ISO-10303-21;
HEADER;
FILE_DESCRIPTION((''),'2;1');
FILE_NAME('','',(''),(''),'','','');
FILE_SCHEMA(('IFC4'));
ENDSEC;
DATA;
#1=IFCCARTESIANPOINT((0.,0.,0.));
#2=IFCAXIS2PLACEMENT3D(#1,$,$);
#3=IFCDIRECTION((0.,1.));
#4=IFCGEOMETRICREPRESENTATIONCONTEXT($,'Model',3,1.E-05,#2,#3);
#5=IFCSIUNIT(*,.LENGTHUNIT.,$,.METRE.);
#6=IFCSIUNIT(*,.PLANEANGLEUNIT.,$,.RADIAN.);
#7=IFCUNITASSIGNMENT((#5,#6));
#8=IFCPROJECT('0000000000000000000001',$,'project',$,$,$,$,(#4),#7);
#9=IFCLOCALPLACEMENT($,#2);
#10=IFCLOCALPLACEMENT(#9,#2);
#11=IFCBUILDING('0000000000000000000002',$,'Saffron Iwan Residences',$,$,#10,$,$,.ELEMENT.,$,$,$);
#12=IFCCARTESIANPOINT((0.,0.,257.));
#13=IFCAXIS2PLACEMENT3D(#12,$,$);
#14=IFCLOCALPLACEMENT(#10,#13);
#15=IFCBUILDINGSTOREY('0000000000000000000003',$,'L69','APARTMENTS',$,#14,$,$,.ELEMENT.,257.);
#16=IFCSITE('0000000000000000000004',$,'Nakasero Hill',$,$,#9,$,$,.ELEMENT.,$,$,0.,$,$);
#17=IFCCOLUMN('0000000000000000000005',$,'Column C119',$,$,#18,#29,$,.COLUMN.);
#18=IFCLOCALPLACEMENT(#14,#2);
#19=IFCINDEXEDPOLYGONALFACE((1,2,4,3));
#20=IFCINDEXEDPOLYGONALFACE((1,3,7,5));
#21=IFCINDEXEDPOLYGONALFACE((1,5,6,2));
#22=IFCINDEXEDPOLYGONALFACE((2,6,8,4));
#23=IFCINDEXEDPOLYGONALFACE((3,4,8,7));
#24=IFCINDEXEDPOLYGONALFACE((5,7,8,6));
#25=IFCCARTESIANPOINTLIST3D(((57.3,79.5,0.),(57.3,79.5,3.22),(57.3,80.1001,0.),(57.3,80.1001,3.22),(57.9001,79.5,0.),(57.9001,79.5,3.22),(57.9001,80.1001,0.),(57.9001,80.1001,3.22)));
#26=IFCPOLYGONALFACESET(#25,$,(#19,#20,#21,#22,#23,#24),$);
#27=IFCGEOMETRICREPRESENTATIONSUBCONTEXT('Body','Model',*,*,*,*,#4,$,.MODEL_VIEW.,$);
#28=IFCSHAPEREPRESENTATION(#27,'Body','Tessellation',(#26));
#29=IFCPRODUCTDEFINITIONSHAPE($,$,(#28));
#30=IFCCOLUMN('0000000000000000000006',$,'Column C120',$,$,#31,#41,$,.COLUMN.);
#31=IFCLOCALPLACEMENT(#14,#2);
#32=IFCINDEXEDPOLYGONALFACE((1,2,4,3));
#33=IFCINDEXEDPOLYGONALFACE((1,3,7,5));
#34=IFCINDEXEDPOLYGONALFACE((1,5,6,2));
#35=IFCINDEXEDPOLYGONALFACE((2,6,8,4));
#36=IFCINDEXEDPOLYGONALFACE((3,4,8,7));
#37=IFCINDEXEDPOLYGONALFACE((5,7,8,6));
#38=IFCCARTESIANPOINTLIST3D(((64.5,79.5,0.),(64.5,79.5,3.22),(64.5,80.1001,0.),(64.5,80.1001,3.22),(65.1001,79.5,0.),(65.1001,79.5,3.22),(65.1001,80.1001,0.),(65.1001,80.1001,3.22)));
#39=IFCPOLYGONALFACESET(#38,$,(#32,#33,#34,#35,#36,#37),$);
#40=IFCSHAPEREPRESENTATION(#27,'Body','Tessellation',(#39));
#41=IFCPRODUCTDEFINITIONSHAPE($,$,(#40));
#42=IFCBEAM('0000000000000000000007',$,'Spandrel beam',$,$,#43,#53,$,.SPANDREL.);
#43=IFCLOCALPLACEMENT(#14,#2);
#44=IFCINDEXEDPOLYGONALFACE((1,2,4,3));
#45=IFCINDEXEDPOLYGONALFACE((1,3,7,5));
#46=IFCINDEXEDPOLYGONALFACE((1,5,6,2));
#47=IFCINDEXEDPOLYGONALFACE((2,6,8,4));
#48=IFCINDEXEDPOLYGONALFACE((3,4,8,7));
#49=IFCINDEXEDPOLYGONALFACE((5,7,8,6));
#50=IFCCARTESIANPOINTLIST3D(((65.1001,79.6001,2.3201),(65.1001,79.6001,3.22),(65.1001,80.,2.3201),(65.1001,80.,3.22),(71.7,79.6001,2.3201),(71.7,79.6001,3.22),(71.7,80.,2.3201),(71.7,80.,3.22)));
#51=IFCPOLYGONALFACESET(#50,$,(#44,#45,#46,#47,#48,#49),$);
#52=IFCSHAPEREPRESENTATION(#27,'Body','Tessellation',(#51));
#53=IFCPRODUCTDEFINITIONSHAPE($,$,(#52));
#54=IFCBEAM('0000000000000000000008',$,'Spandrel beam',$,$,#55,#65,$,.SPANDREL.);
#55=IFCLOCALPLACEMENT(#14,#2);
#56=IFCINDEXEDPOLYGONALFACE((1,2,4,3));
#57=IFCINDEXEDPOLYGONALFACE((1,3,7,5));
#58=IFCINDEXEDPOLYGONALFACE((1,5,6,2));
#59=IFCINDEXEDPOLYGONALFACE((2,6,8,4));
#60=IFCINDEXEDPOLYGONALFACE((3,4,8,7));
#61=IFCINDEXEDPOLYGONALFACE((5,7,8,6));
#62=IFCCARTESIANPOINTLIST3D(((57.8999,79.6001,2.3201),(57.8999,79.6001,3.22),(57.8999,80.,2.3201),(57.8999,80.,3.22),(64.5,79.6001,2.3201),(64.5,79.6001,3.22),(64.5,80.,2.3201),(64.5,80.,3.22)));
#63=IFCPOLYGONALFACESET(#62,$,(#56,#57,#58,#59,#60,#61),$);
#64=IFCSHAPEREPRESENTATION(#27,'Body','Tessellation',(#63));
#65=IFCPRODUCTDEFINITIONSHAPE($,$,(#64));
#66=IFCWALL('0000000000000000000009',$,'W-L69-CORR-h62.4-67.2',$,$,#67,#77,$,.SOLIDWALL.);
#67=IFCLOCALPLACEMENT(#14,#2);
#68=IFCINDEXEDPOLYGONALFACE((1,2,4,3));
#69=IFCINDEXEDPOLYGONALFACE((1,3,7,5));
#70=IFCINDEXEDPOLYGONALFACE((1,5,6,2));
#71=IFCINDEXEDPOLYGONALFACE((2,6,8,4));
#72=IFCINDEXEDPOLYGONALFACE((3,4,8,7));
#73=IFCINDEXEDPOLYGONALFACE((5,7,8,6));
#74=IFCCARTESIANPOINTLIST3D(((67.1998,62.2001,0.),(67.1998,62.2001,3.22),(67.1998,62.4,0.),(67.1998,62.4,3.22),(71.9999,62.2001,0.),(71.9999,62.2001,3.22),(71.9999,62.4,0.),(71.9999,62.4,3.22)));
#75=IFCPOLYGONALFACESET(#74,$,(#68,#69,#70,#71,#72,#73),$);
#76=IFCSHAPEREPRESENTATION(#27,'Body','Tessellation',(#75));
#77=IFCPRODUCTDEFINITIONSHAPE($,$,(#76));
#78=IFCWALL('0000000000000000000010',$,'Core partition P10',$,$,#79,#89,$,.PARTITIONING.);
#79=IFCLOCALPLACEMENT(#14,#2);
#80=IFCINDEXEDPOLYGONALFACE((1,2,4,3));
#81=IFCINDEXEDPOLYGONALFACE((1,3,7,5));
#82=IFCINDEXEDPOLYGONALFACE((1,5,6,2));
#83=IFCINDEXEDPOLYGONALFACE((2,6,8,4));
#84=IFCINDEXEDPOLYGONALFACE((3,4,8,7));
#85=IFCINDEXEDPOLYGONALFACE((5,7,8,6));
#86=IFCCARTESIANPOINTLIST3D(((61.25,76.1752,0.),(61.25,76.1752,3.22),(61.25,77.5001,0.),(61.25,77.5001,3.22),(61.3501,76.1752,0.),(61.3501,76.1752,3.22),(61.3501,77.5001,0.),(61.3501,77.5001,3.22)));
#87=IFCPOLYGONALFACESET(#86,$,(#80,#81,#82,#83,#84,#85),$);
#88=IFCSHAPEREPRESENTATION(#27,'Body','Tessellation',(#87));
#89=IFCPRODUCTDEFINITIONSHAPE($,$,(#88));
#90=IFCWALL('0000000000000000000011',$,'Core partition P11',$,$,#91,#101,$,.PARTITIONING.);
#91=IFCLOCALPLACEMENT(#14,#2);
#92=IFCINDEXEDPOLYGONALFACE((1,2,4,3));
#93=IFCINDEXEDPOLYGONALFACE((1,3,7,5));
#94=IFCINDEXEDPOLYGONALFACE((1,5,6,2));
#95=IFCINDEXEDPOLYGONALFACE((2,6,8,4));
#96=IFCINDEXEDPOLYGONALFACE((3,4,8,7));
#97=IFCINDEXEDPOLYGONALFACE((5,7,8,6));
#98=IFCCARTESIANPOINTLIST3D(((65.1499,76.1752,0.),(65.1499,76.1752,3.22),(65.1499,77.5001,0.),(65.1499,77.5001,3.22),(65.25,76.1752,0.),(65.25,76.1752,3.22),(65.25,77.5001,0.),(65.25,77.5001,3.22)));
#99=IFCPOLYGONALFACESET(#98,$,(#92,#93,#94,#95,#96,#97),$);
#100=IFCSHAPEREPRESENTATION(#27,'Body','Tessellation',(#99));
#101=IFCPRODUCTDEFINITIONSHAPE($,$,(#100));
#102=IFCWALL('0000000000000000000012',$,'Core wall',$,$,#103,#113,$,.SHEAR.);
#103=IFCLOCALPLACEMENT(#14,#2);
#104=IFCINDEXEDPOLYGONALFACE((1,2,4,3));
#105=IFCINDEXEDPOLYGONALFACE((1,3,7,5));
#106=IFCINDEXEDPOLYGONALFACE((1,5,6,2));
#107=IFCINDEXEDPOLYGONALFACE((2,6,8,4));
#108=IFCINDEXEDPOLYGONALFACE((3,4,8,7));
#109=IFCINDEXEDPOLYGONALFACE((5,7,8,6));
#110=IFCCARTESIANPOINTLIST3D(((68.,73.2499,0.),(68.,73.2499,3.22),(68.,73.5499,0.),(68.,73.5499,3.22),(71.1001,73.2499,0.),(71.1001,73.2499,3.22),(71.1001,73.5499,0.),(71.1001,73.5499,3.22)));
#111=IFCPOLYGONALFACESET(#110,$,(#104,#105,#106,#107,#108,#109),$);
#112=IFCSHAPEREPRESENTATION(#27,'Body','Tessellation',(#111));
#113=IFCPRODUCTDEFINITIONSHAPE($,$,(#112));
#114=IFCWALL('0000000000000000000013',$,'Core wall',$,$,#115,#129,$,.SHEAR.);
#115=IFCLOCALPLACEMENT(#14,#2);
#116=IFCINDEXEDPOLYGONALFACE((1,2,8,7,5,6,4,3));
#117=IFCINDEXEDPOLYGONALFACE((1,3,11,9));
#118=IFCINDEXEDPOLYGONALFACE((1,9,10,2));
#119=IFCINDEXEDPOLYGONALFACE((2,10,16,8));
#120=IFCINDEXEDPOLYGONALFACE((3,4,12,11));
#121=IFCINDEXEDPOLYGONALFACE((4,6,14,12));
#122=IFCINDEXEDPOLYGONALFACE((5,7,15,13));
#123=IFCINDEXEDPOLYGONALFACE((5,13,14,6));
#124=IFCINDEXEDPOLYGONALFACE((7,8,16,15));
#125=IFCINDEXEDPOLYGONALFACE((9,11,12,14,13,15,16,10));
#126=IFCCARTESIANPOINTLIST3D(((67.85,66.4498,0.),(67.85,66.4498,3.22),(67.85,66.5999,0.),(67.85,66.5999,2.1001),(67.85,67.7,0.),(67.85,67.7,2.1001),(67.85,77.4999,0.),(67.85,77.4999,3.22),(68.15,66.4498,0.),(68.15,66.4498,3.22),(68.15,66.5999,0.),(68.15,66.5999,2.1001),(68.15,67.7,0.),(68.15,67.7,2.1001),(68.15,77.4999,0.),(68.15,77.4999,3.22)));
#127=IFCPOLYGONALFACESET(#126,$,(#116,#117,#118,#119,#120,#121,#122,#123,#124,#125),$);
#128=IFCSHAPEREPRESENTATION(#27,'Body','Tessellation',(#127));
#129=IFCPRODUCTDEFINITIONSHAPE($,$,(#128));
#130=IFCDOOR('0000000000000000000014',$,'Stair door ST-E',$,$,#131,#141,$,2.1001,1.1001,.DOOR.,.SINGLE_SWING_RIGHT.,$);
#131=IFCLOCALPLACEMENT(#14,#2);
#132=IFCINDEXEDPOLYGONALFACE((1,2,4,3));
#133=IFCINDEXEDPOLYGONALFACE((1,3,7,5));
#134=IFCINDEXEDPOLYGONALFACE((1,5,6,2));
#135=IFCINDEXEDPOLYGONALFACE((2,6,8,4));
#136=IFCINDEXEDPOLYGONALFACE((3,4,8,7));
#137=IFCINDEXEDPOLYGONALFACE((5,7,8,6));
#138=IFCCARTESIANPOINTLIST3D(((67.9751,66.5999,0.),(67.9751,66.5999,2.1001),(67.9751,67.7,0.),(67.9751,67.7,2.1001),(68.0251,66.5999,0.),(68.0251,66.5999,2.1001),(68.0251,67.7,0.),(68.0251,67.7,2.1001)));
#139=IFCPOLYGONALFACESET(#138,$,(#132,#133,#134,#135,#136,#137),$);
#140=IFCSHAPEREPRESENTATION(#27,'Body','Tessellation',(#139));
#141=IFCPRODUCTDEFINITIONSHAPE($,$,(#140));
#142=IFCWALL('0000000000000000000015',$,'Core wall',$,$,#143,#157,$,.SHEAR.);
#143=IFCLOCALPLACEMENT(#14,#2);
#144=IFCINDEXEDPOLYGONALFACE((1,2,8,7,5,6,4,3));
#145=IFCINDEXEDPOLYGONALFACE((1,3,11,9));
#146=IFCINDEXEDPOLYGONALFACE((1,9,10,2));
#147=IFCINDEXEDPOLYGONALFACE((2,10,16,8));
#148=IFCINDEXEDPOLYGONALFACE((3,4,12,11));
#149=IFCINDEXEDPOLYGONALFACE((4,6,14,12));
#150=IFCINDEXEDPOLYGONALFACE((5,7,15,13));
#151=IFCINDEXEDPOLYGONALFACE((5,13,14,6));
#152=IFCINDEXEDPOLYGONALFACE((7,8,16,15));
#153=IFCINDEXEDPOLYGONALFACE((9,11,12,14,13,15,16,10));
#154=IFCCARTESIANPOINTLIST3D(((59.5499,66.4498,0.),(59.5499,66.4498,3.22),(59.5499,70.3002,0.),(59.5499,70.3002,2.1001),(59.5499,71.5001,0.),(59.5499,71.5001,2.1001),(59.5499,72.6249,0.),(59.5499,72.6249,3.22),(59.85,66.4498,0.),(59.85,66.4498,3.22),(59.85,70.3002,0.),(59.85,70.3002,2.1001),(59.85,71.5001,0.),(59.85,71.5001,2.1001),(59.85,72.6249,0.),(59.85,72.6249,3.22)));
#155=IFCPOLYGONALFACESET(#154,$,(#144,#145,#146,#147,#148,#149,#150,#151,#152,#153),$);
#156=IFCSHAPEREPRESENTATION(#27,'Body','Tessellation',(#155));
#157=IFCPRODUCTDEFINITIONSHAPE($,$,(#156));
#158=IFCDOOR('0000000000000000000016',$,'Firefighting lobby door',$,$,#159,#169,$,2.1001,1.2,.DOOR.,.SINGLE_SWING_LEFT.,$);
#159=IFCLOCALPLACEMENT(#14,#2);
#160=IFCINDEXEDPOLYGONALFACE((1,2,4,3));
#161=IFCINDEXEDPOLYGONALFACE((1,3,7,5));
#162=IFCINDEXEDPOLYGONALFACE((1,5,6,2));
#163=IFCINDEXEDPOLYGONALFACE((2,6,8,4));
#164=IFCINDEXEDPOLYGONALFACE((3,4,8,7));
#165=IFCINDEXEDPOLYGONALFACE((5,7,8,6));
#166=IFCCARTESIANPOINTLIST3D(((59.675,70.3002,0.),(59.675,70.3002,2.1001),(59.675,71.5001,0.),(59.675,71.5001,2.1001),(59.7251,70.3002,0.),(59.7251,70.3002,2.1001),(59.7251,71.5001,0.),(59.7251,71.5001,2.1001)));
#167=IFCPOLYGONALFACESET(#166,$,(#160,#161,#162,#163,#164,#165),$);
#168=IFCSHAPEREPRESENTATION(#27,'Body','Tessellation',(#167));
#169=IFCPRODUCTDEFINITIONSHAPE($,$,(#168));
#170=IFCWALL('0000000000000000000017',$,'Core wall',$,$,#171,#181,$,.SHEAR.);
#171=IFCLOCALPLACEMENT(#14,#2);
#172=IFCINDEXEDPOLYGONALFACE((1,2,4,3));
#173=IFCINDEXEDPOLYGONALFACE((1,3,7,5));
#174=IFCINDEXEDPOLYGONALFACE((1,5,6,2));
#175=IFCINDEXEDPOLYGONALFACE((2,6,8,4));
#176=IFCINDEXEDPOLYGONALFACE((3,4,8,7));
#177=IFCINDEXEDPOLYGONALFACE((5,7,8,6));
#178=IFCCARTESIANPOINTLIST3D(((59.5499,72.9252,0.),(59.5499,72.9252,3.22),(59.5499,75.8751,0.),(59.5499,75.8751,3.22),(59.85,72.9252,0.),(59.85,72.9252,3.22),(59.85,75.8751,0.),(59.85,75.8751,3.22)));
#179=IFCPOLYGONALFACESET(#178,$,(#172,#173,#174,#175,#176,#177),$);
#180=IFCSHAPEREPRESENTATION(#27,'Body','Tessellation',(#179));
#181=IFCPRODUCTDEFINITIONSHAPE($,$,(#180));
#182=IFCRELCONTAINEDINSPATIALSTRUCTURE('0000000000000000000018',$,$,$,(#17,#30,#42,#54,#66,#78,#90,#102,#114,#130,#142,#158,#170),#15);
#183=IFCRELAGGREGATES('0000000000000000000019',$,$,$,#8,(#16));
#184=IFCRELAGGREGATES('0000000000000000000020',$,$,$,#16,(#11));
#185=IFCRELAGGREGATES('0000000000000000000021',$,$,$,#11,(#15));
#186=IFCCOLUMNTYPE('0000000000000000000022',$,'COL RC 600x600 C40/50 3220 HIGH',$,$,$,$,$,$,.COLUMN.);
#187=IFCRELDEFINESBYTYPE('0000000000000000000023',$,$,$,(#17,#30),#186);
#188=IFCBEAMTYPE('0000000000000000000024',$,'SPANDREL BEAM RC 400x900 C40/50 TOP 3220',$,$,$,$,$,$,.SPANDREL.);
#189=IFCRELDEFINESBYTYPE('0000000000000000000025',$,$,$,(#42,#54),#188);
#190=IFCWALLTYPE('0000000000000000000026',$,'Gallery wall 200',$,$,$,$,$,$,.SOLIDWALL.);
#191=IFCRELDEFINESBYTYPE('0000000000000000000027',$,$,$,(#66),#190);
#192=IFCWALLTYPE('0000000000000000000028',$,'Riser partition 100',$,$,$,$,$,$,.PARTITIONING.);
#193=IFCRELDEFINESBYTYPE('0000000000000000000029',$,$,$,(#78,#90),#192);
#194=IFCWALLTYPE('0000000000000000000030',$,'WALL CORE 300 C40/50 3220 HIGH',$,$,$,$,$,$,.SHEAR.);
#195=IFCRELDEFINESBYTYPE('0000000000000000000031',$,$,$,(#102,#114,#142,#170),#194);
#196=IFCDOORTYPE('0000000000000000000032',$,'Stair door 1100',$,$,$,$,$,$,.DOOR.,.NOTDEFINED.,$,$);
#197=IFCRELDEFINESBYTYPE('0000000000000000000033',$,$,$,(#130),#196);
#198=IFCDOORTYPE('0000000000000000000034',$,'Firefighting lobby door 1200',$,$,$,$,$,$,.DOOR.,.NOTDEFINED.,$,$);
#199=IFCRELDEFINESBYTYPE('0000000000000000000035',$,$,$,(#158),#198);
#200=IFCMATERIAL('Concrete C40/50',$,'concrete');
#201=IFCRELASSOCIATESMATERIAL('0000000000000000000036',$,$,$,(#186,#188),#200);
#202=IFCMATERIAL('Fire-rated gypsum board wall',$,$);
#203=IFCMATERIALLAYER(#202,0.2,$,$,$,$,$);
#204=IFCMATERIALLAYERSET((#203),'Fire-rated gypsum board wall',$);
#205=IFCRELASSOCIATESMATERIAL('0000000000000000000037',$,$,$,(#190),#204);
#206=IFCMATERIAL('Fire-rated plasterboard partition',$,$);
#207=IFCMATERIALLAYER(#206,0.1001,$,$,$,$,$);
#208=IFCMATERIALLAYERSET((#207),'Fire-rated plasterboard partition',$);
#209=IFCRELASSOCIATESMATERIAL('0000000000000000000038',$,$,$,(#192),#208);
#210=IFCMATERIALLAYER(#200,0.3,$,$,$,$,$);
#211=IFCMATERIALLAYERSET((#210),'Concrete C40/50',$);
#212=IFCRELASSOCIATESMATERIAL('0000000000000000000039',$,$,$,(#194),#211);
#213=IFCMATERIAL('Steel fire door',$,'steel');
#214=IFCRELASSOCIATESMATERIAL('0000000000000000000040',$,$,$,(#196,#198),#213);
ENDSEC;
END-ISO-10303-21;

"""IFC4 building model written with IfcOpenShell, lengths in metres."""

from ifc_helpers import new_model, si_unit, direction, frame, frame_2d, origin, origin_2d, place, context, subcontext, project, spatial, rectangle, extrude, source, transform, mapped, material, layer, layer_set, material_profile, profile_set, type_object, element, fill, save


model = new_model("IFC4")

# Units and contexts
model_context = context("Model", 3, precision=1e-05, world=origin(), true_north=direction((0.0, 1.0)))
body_context = subcontext(model_context, "Body", "Model", "MODEL_VIEW")
ifc_project = project(units=[si_unit("LENGTHUNIT", "METRE"), si_unit("PLANEANGLEUNIT", "RADIAN")], contexts=[model_context])

# Site, building, storey
site_placement = place(None, origin())
site = spatial("IfcSite", under=ifc_project, at=site_placement, Name="Nakasero Hill", CompositionType="ELEMENT", RefElevation=0.0)
building_placement = place(site_placement, origin())
building = spatial("IfcBuilding", under=site, at=building_placement, Name="Saffron Iwan Residences", CompositionType="ELEMENT")
storey_placement = place(building_placement, frame((0.0, 0.0, 257.0)))
storey = spatial("IfcBuildingStorey", under=building, at=storey_placement, Name="L69", Description="APARTMENTS", CompositionType="ELEMENT", Elevation=257.0)

# Columns
ifc_material_1 = material(Name="Concrete C40/50", Category="concrete")
ifc_material_profile_1 = material_profile(ifc_material_1, rectangle(XDim=0.6001, YDim=0.6001, at=origin_2d()), Name="RC 600x600")
ifc_profile_set_1 = profile_set([ifc_material_profile_1], Name="Concrete C40/50")
column_type = type_object("IfcColumnType", Name="COL RC 600x600 C40/50 3220 HIGH", PredefinedType="COLUMN", material=ifc_profile_set_1)
shared_shape_1 = source(origin(), body_context, "Body", "SweptSolid", [
    extrude(rectangle(XDim=0.6001, YDim=0.6001, at=origin_2d()), origin(), (0.0, 0.0, 1.0), 3.22),
])
for number, where, z_axis, x_axis, name in (
    (1, (57.6001, 79.8, 0.0), (0.0, 0.0, 1.0), (1.0, 0.0, 0.0), "Column C119"),
    (2, (64.8, 79.8, 0.0), (0.0, 0.0, 1.0), (1.0, 0.0, 0.0), "Column C120"),
):
    element("IfcColumn", number, at=place(storey_placement, frame(where, z_axis=z_axis, x_axis=x_axis)), inside=storey, type_object=column_type, Name=name, PredefinedType="COLUMN", context=body_context, shape_type="MappedRepresentation", body=[
        mapped(shared_shape_1, transform((0.0, 0.0, 0.0))),
    ])

# Beams
ifc_material_profile_2 = material_profile(ifc_material_1, rectangle(XDim=0.3999, YDim=0.8999, at=origin_2d()), Name="RC 400x900")
ifc_profile_set_2 = profile_set([ifc_material_profile_2], Name="Concrete C40/50")
beam_type = type_object("IfcBeamType", Name="SPANDREL BEAM RC 400x900 C40/50 TOP 3220", PredefinedType="SPANDREL", material=ifc_profile_set_2)
shared_shape_2 = source(origin(), body_context, "Body", "SweptSolid", [
    extrude(rectangle(XDim=0.3999, YDim=0.8999, at=origin_2d()), origin(), (0.0, 0.0, 1.0), 6.5999),
])
beam_1_placement = place(storey_placement, frame((65.1001, 79.8, 2.77), z_axis=(1.0, 0.0, 0.0), x_axis=(0.0, 1.0, 0.0)))
element("IfcBeam", 3, at=beam_1_placement, inside=storey, type_object=beam_type, Name="Spandrel beam", PredefinedType="SPANDREL", context=body_context, shape_type="MappedRepresentation", body=[
    mapped(shared_shape_2, transform((0.0, 0.0, 0.0))),
])
shared_shape_3 = source(origin(), body_context, "Body", "SweptSolid", [
    extrude(rectangle(XDim=0.3999, YDim=0.8999, at=origin_2d()), origin(), (0.0, 0.0, 1.0), 6.6001),
])
beam_2_placement = place(storey_placement, frame((57.8999, 79.8, 2.77), z_axis=(1.0, 0.0, 0.0), x_axis=(0.0, 1.0, 0.0)))
element("IfcBeam", 4, at=beam_2_placement, inside=storey, type_object=beam_type, Name="Spandrel beam", PredefinedType="SPANDREL", context=body_context, shape_type="MappedRepresentation", body=[
    mapped(shared_shape_3, transform((0.0, 0.0, 0.0))),
])

# Walls
ifc_material_2 = material(Name="Fire-rated gypsum board wall")
ifc_layer_1 = layer(ifc_material_2, 0.2)
ifc_layer_set_1 = layer_set([ifc_layer_1], Name="Fire-rated gypsum board wall")
wall_type_1 = type_object("IfcWallType", Name="Gallery wall 200", PredefinedType="SOLIDWALL", material=ifc_layer_set_1)
wall_1_placement = place(storey_placement, frame((67.2, 62.3, 0.0), z_axis=(0.0, 0.0, 1.0), x_axis=(1.0, 0.0, 0.0)))
element("IfcWall", 5, at=wall_1_placement, inside=storey, type_object=wall_type_1, Name="W-L69-CORR-h62.4-67.2", PredefinedType="SOLIDWALL", context=body_context, shape_type="SweptSolid", body=[
    extrude(rectangle(XDim=4.8, YDim=0.2, at=frame_2d((2.3999, 0.0))), origin(), (0.0, 0.0, 1.0), 3.22),
])
ifc_material_3 = material(Name="Fire-rated plasterboard partition")
ifc_layer_2 = layer(ifc_material_3, 0.1001)
ifc_layer_set_2 = layer_set([ifc_layer_2], Name="Fire-rated plasterboard partition")
wall_type_2 = type_object("IfcWallType", Name="Riser partition 100", PredefinedType="PARTITIONING", material=ifc_layer_set_2)
for number, where, z_axis, x_axis, name in (
    (6, (61.3, 76.175, 0.0), (0.0, 0.0, 1.0), (0.0, 1.0, 0.0), "Core partition P10"),
    (7, (65.2, 76.175, 0.0), (0.0, 0.0, 1.0), (0.0, 1.0, 0.0), "Core partition P11"),
):
    element("IfcWall", number, at=place(storey_placement, frame(where, z_axis=z_axis, x_axis=x_axis)), inside=storey, type_object=wall_type_2, Name=name, PredefinedType="PARTITIONING", context=body_context, shape_type="SweptSolid", body=[
        extrude(rectangle(XDim=1.325, YDim=0.1001, at=frame_2d((0.6626, 0.0))), origin(), (0.0, 0.0, 1.0), 3.22),
    ])
ifc_layer_3 = layer(ifc_material_1, 0.3)
ifc_layer_set_3 = layer_set([ifc_layer_3], Name="Concrete C40/50")
wall_type_3 = type_object("IfcWallType", Name="WALL CORE 300 C40/50 3220 HIGH", PredefinedType="SHEAR", material=ifc_layer_set_3)
wall_2_placement = place(storey_placement, frame((68.0, 73.3999, 0.0), z_axis=(0.0, 0.0, 1.0), x_axis=(1.0, 0.0, 0.0)))
element("IfcWall", 8, at=wall_2_placement, inside=storey, type_object=wall_type_3, Name="Core wall", PredefinedType="SHEAR", context=body_context, shape_type="SweptSolid", body=[
    extrude(rectangle(XDim=3.1001, YDim=0.3, at=frame_2d((1.55, 0.0))), origin(), (0.0, 0.0, 1.0), 3.22),
])

# Walls, openings, doors
wall_3_placement = place(storey_placement, frame((68.0, 66.45, 0.0), z_axis=(0.0, 0.0, 1.0), x_axis=(0.0, 1.0, 0.0)))
wall_3 = element("IfcWall", 9, at=wall_3_placement, inside=storey, type_object=wall_type_3, Name="Core wall", PredefinedType="SHEAR", context=body_context, shape_type="SweptSolid", body=[
    extrude(rectangle(XDim=11.05, YDim=0.3, at=frame_2d((5.5249, 0.0))), origin(), (0.0, 0.0, 1.0), 3.22),
])
opening_1_placement = place(wall_3_placement, frame((0.1499, 0.0, 0.0)))
opening_1 = element("IfcOpeningElement", 10, at=opening_1_placement, cuts=wall_3, PredefinedType="OPENING", context=body_context, shape_type="SweptSolid", body=[
    extrude(rectangle(XDim=1.1001, YDim=2.1001, at=frame_2d((0.55, 1.05))), frame((0.0, 0.1602, 0.0), z_axis=(0.0, -1.0, 0.0), x_axis=(1.0, 0.0, 0.0)), (0.0, 0.0, 1.0), 0.3201),
])
ifc_material_4 = material(Name="Steel fire door", Category="steel")
door_type_1 = type_object("IfcDoorType", Name="Stair door 1100", OperationType="NOTDEFINED", PredefinedType="DOOR", material=ifc_material_4)
door_1_placement = place(opening_1_placement, origin())
door_1 = element("IfcDoor", 11, at=door_1_placement, inside=storey, type_object=door_type_1, Name="Stair door ST-E", OperationType="SINGLE_SWING_RIGHT", OverallHeight=2.1001, OverallWidth=1.1001, PredefinedType="DOOR", context=body_context, shape_type="SweptSolid", body=[
    extrude(rectangle(XDim=1.1001, YDim=2.1001, at=frame_2d((0.55, 1.05))), frame((0.0, 0.0249, 0.0), z_axis=(0.0, -1.0, 0.0), x_axis=(1.0, 0.0, 0.0)), (0.0, 0.0, 1.0), 0.05),
])
fill(opening_1, door_1)
wall_4_placement = place(storey_placement, frame((59.7, 66.45, 0.0), z_axis=(0.0, 0.0, 1.0), x_axis=(0.0, 1.0, 0.0)))
wall_4 = element("IfcWall", 12, at=wall_4_placement, inside=storey, type_object=wall_type_3, Name="Core wall", PredefinedType="SHEAR", context=body_context, shape_type="SweptSolid", body=[
    extrude(rectangle(XDim=6.175, YDim=0.3, at=frame_2d((3.0874, 0.0))), origin(), (0.0, 0.0, 1.0), 3.22),
])
opening_2_placement = place(wall_4_placement, frame((3.8501, 0.0, 0.0)))
opening_2 = element("IfcOpeningElement", 13, at=opening_2_placement, cuts=wall_4, PredefinedType="OPENING", context=body_context, shape_type="SweptSolid", body=[
    extrude(rectangle(XDim=1.2, YDim=2.1001, at=frame_2d((0.6001, 1.05))), frame((0.0, 0.1602, 0.0), z_axis=(0.0, -1.0, 0.0), x_axis=(1.0, 0.0, 0.0)), (0.0, 0.0, 1.0), 0.3201),
])
door_type_2 = type_object("IfcDoorType", Name="Firefighting lobby door 1200", OperationType="NOTDEFINED", PredefinedType="DOOR", material=ifc_material_4)
door_2_placement = place(opening_2_placement, origin())
door_2 = element("IfcDoor", 14, at=door_2_placement, inside=storey, type_object=door_type_2, Name="Firefighting lobby door", OperationType="SINGLE_SWING_LEFT", OverallHeight=2.1001, OverallWidth=1.2, PredefinedType="DOOR", context=body_context, shape_type="SweptSolid", body=[
    extrude(rectangle(XDim=1.2, YDim=2.1001, at=frame_2d((0.6001, 1.05))), frame((0.0, 0.0249, 0.0), z_axis=(0.0, -1.0, 0.0), x_axis=(1.0, 0.0, 0.0)), (0.0, 0.0, 1.0), 0.05),
])
fill(opening_2, door_2)

# Wall
wall_5_placement = place(storey_placement, frame((59.7, 72.925, 0.0), z_axis=(0.0, 0.0, 1.0), x_axis=(0.0, 1.0, 0.0)))
element("IfcWall", 15, at=wall_5_placement, inside=storey, type_object=wall_type_3, Name="Core wall", PredefinedType="SHEAR", context=body_context, shape_type="SweptSolid", body=[
    extrude(rectangle(XDim=2.95, YDim=0.3, at=frame_2d((1.4751, 0.0))), origin(), (0.0, 0.0, 1.0), 3.22),
])

save(model, "model.ifc")
